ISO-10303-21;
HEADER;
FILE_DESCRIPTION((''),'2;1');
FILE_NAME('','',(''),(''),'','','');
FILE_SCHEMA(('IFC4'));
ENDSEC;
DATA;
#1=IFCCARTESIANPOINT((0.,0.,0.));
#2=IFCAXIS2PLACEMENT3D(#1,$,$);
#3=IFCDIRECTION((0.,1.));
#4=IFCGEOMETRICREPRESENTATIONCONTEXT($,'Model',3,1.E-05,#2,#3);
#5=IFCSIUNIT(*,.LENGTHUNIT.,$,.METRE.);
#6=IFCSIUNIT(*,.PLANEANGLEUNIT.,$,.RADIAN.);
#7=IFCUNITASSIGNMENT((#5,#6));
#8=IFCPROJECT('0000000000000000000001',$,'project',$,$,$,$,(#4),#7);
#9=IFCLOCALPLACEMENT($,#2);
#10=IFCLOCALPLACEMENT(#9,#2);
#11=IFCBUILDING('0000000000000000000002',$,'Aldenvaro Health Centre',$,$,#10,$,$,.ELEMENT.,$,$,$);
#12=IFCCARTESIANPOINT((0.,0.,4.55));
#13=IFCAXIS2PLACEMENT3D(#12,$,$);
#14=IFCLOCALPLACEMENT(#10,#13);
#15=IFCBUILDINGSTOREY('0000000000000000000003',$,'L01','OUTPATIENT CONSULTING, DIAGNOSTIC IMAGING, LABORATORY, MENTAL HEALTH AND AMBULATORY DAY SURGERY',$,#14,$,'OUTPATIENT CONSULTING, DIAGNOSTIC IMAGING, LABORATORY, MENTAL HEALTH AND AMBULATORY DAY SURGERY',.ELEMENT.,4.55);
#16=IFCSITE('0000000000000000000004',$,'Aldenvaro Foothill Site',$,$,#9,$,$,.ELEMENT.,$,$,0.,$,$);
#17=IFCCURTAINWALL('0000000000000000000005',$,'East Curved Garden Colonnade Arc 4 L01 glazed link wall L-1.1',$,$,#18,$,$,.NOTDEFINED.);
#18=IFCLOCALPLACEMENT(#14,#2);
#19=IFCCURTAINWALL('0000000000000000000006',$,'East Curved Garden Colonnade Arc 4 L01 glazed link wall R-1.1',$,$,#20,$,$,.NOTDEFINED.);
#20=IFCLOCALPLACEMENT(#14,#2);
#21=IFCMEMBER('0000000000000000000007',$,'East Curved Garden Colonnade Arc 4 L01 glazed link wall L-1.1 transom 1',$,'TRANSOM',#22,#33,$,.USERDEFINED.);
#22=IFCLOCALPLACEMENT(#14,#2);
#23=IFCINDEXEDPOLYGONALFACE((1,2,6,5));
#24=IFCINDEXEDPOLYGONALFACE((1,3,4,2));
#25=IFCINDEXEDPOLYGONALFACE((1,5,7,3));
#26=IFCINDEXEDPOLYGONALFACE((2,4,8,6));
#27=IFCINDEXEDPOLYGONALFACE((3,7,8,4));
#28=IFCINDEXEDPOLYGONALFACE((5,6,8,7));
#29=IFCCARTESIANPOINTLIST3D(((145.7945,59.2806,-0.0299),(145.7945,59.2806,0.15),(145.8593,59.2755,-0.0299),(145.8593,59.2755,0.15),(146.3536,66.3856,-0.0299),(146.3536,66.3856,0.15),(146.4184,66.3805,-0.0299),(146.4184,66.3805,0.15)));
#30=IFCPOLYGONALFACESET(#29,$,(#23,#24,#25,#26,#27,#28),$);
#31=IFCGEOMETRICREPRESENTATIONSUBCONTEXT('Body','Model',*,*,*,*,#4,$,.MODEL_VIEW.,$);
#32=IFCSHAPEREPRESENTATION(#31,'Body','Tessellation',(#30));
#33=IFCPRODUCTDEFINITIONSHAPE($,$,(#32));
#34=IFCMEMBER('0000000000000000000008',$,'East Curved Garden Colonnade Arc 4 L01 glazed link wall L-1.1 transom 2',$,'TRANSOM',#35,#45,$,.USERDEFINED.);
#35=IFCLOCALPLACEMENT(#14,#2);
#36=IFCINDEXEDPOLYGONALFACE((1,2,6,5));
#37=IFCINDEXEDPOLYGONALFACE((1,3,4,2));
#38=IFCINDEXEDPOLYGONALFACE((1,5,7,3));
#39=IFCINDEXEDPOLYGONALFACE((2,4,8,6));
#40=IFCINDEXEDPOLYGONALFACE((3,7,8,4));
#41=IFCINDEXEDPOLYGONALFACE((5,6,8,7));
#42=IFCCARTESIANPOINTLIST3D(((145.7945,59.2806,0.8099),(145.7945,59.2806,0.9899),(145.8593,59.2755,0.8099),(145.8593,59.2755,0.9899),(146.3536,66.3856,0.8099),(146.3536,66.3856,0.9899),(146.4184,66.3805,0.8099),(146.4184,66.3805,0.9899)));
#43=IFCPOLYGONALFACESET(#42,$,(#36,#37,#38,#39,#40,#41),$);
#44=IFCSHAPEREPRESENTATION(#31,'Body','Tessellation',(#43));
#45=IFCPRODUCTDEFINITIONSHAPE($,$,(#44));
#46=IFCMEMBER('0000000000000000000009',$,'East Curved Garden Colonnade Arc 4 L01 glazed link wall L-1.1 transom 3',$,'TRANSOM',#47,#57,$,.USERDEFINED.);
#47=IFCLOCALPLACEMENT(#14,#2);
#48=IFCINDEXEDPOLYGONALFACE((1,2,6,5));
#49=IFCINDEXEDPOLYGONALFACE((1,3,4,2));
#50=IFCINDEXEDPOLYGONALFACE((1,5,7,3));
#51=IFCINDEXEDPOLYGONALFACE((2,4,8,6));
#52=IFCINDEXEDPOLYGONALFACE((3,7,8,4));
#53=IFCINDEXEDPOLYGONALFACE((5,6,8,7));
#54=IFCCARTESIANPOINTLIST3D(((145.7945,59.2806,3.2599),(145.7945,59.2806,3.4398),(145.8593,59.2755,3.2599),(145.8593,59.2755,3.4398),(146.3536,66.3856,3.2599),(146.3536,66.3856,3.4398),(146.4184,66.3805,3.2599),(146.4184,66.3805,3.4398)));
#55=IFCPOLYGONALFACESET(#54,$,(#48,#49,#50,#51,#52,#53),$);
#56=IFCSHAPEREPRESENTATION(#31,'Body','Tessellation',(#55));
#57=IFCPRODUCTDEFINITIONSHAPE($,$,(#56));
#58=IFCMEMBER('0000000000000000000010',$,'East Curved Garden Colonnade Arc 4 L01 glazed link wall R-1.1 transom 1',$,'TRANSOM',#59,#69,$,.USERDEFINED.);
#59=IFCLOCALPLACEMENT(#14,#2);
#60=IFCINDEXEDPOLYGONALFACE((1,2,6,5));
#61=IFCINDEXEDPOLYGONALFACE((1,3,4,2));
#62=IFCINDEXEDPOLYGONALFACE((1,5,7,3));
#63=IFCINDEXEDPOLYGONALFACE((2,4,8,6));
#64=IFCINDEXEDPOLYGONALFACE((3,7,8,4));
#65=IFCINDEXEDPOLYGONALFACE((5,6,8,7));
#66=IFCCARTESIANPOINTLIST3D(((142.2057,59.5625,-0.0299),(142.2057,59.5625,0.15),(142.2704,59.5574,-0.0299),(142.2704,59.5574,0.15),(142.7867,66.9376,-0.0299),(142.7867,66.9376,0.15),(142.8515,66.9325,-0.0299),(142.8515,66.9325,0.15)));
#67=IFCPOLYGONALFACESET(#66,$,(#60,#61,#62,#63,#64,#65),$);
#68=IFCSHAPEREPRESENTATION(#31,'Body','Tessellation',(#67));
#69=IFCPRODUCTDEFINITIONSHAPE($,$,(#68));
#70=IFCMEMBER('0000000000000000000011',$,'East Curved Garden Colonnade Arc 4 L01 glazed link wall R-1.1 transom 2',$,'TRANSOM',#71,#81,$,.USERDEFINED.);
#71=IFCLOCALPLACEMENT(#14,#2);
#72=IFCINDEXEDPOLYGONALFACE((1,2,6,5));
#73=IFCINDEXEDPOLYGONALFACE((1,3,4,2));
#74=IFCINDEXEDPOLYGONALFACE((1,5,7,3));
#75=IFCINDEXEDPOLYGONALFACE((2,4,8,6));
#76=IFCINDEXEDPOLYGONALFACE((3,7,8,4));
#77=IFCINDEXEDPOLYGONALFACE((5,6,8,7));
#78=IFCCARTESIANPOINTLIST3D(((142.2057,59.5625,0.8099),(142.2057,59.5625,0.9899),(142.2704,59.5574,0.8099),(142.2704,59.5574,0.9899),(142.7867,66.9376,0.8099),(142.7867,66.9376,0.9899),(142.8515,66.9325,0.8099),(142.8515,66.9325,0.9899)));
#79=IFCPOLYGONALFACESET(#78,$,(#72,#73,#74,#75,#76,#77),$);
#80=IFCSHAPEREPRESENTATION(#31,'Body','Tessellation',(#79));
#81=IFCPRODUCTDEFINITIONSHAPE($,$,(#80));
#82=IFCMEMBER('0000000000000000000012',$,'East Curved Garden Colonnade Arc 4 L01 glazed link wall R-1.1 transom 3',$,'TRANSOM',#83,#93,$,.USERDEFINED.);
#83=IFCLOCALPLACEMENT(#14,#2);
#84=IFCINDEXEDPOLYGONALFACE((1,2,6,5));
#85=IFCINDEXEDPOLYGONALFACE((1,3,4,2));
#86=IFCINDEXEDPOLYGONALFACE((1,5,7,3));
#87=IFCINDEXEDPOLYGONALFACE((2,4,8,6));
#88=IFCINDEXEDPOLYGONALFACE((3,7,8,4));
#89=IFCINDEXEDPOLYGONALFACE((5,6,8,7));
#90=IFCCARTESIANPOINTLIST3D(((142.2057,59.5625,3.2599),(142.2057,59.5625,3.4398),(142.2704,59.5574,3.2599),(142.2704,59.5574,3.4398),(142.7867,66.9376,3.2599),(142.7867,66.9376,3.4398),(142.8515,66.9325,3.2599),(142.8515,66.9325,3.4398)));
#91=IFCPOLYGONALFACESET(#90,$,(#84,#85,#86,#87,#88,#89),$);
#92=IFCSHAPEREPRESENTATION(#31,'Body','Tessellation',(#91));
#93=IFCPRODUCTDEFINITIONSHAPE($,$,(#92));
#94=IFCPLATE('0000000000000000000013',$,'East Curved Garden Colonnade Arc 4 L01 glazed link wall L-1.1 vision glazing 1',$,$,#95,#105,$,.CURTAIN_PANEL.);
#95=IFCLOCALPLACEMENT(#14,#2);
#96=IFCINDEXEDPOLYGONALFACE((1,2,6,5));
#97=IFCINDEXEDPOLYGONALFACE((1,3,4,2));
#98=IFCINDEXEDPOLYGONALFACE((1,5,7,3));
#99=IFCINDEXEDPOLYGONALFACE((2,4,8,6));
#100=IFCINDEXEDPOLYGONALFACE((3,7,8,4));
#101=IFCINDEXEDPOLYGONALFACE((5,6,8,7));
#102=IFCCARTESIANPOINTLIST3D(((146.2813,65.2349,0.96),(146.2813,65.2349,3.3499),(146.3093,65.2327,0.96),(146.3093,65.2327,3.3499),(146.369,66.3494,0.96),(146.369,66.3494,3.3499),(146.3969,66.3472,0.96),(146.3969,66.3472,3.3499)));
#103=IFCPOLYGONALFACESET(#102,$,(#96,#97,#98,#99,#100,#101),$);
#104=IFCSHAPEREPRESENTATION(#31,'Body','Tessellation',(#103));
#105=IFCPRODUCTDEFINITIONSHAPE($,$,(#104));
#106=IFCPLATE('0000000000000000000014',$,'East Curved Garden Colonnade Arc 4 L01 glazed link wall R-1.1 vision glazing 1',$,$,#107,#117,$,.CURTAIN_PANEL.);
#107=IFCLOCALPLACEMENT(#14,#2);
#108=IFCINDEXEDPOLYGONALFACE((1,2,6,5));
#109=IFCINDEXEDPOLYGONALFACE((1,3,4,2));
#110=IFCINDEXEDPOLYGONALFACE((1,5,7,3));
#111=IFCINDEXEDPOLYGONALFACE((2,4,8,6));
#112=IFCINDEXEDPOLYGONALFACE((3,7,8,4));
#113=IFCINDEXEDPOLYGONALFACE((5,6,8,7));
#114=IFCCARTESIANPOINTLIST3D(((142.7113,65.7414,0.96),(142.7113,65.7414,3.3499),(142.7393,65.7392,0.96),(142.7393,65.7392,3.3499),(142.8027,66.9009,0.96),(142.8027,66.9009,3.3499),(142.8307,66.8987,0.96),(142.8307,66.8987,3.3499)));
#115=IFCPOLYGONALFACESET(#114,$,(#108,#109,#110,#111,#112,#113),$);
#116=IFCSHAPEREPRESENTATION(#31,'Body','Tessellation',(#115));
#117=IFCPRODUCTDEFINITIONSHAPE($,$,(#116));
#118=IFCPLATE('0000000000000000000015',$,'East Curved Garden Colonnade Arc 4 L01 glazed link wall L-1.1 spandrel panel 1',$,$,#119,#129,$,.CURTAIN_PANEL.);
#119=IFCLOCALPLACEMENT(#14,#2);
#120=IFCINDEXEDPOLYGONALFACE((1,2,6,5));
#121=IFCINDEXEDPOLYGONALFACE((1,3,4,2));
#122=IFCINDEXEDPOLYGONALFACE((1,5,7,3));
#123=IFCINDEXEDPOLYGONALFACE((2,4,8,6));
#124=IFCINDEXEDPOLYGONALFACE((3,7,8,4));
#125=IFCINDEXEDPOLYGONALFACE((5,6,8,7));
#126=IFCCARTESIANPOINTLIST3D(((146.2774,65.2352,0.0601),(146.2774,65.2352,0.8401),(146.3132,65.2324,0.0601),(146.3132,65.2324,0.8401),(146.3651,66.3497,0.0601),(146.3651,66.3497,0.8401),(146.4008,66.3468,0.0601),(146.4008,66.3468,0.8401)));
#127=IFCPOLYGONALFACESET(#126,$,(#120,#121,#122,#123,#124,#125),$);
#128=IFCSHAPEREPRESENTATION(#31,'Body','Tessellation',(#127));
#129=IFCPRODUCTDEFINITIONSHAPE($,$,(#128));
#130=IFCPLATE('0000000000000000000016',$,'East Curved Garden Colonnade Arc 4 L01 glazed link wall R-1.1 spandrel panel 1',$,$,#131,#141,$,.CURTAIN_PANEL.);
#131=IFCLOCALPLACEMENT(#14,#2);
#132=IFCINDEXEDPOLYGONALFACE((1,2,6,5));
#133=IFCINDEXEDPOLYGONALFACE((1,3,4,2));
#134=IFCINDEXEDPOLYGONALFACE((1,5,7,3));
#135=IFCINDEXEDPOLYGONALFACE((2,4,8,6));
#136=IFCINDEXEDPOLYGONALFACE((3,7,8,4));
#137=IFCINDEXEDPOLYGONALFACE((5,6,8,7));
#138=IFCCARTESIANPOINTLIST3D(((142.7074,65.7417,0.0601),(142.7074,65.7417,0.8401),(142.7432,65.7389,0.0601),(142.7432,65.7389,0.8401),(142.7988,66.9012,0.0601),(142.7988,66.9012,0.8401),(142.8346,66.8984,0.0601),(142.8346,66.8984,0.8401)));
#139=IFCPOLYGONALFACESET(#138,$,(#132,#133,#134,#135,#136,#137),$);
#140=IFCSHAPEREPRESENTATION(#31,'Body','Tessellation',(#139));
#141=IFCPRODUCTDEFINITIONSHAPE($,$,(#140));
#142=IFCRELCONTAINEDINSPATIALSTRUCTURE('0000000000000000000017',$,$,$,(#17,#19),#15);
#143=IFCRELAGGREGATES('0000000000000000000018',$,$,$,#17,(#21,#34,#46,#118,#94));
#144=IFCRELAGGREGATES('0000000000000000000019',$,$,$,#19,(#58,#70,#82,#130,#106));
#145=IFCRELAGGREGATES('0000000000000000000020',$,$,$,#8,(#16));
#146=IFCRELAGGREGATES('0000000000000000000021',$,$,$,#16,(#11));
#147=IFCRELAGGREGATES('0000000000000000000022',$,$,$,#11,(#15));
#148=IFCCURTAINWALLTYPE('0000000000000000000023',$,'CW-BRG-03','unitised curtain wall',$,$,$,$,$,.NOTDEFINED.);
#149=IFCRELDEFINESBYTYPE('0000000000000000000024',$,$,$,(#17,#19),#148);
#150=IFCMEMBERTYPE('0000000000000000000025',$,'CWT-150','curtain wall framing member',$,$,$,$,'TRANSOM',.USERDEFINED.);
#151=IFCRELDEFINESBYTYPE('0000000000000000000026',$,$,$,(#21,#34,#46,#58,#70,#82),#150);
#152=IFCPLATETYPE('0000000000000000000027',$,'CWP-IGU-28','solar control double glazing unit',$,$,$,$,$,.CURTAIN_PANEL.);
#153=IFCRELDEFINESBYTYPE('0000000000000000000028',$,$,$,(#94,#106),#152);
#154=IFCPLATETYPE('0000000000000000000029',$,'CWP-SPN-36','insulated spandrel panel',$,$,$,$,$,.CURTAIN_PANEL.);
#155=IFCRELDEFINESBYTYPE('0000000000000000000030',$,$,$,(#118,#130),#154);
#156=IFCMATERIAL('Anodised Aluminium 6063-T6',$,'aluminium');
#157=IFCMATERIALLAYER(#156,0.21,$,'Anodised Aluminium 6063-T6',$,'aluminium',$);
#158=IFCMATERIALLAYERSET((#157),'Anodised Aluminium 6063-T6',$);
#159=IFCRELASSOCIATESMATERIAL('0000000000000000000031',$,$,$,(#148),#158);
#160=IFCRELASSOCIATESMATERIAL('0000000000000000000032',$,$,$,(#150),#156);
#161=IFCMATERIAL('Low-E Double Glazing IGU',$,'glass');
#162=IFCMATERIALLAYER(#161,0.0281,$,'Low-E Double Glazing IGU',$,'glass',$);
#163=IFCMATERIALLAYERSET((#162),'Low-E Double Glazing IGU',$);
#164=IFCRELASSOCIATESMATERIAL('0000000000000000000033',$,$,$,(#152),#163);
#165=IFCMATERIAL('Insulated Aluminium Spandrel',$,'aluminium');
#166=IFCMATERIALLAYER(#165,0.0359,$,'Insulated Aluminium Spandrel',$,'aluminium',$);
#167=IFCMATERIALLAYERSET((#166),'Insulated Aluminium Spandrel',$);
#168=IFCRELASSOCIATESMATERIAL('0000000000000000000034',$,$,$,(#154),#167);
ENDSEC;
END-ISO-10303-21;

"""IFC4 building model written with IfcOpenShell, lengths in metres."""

from ifc_helpers import new_model, si_unit, direction, frame, origin, origin_2d, place, context, subcontext, project, spatial, rectangle, extrude, material, layer, layer_set, material_profile, profile_set, type_object, element, aggregate, save


model = new_model("IFC4")

# Units and contexts
model_context = context("Model", 3, precision=1e-05, world=origin(), true_north=direction((0.0, 1.0)))
body_context = subcontext(model_context, "Body", "Model", "MODEL_VIEW")
ifc_project = project(units=[si_unit("LENGTHUNIT", "METRE"), si_unit("PLANEANGLEUNIT", "RADIAN")], contexts=[model_context])

# Site, building, storey
site_placement = place(None, origin())
site = spatial("IfcSite", under=ifc_project, at=site_placement, Name="Aldenvaro Foothill Site", CompositionType="ELEMENT", RefElevation=0.0)
building_placement = place(site_placement, origin())
building = spatial("IfcBuilding", under=site, at=building_placement, Name="Aldenvaro Health Centre", CompositionType="ELEMENT")
storey_placement = place(building_placement, frame((0.0, 0.0, 4.55)))
storey = spatial("IfcBuildingStorey", under=building, at=storey_placement, Name="L01", Description="OUTPATIENT CONSULTING, DIAGNOSTIC IMAGING, LABORATORY, MENTAL HEALTH AND AMBULATORY DAY SURGERY", LongName="OUTPATIENT CONSULTING, DIAGNOSTIC IMAGING, LABORATORY, MENTAL HEALTH AND AMBULATORY DAY SURGERY", CompositionType="ELEMENT", Elevation=4.55)

# Curtain wall
ifc_material_1 = material(Name="Anodised Aluminium 6063-T6", Category="aluminium")
ifc_layer_1 = layer(ifc_material_1, 0.21, Name="Anodised Aluminium 6063-T6", Category="aluminium")
ifc_layer_set_1 = layer_set([ifc_layer_1], Name="Anodised Aluminium 6063-T6")
curtain_wall_type = type_object("IfcCurtainWallType", Name="CW-BRG-03", Description="unitised curtain wall", PredefinedType="NOTDEFINED", material=ifc_layer_set_1)
curtain_wall_1_placement = place(storey_placement, origin())
curtain_wall_1 = element("IfcCurtainWall", 1, at=curtain_wall_1_placement, inside=storey, type_object=curtain_wall_type, Name="East Curved Garden Colonnade Arc 4 L01 glazed link wall L-1.1", PredefinedType="NOTDEFINED")

# Curtain wall
curtain_wall_2_placement = place(storey_placement, origin())
curtain_wall_2 = element("IfcCurtainWall", 2, at=curtain_wall_2_placement, inside=storey, type_object=curtain_wall_type, Name="East Curved Garden Colonnade Arc 4 L01 glazed link wall R-1.1", PredefinedType="NOTDEFINED")

# Members
ifc_material_profile_1 = material_profile(ifc_material_1, rectangle(XDim=0.0649, YDim=0.1799, at=origin_2d()), Name="ALU 65x180", Category="aluminium")
ifc_profile_set_1 = profile_set([ifc_material_profile_1], Name="Anodised Aluminium 6063-T6")
member_type_1 = type_object("IfcMemberType", Name="CWT-150", Description="curtain wall framing member", ElementType="TRANSOM", PredefinedType="USERDEFINED", material=ifc_profile_set_1)
member_1_placement = place(storey_placement, frame((146.386, 66.3831, 0.0601), z_axis=(-0.078446, -0.996918, 0.0), x_axis=(0.996918, -0.078446, 0.0)))
member_1 = element("IfcMember", 3, at=member_1_placement, type_object=member_type_1, Name="East Curved Garden Colonnade Arc 4 L01 glazed link wall L-1.1 transom 1", ObjectType="TRANSOM", PredefinedType="USERDEFINED", context=body_context, shape_type="SweptSolid", body=[
    extrude(rectangle(XDim=0.0649, YDim=0.1799, at=origin_2d()), origin(), (0.0, 0.0, 1.0), 7.127),
])
member_2_placement = place(storey_placement, frame((146.386, 66.3831, 0.8999), z_axis=(-0.078446, -0.996918, 0.0), x_axis=(0.996918, -0.078446, 0.0)))
member_2 = element("IfcMember", 4, at=member_2_placement, type_object=member_type_1, Name="East Curved Garden Colonnade Arc 4 L01 glazed link wall L-1.1 transom 2", ObjectType="TRANSOM", PredefinedType="USERDEFINED", context=body_context, shape_type="SweptSolid", body=[
    extrude(rectangle(XDim=0.0649, YDim=0.1799, at=origin_2d()), origin(), (0.0, 0.0, 1.0), 7.127),
])
member_3_placement = place(storey_placement, frame((146.386, 66.3831, 3.3499), z_axis=(-0.078446, -0.996918, 0.0), x_axis=(0.996918, -0.078446, 0.0)))
member_3 = element("IfcMember", 5, at=member_3_placement, type_object=member_type_1, Name="East Curved Garden Colonnade Arc 4 L01 glazed link wall L-1.1 transom 3", ObjectType="TRANSOM", PredefinedType="USERDEFINED", context=body_context, shape_type="SweptSolid", body=[
    extrude(rectangle(XDim=0.0649, YDim=0.1799, at=origin_2d()), origin(), (0.0, 0.0, 1.0), 7.127),
])
member_4_placement = place(storey_placement, frame((142.8191, 66.9351, 0.0601), z_axis=(-0.078544, -0.996911, 0.0), x_axis=(0.996911, -0.078544, 0.0)))
member_4 = element("IfcMember", 6, at=member_4_placement, type_object=member_type_1, Name="East Curved Garden Colonnade Arc 4 L01 glazed link wall R-1.1 transom 1", ObjectType="TRANSOM", PredefinedType="USERDEFINED", context=body_context, shape_type="SweptSolid", body=[
    extrude(rectangle(XDim=0.0649, YDim=0.1799, at=origin_2d()), origin(), (0.0, 0.0, 1.0), 7.3979),
])
member_5_placement = place(storey_placement, frame((142.8191, 66.9351, 0.8999), z_axis=(-0.078544, -0.996911, 0.0), x_axis=(0.996911, -0.078544, 0.0)))
member_5 = element("IfcMember", 7, at=member_5_placement, type_object=member_type_1, Name="East Curved Garden Colonnade Arc 4 L01 glazed link wall R-1.1 transom 2", ObjectType="TRANSOM", PredefinedType="USERDEFINED", context=body_context, shape_type="SweptSolid", body=[
    extrude(rectangle(XDim=0.0649, YDim=0.1799, at=origin_2d()), origin(), (0.0, 0.0, 1.0), 7.3979),
])
member_6_placement = place(storey_placement, frame((142.8191, 66.9351, 3.3499), z_axis=(-0.078544, -0.996911, 0.0), x_axis=(0.996911, -0.078544, 0.0)))
member_6 = element("IfcMember", 8, at=member_6_placement, type_object=member_type_1, Name="East Curved Garden Colonnade Arc 4 L01 glazed link wall R-1.1 transom 3", ObjectType="TRANSOM", PredefinedType="USERDEFINED", context=body_context, shape_type="SweptSolid", body=[
    extrude(rectangle(XDim=0.0649, YDim=0.1799, at=origin_2d()), origin(), (0.0, 0.0, 1.0), 7.3979),
])

# Plates
ifc_material_2 = material(Name="Low-E Double Glazing IGU", Category="glass")
ifc_layer_2 = layer(ifc_material_2, 0.0281, Name="Low-E Double Glazing IGU", Category="glass")
ifc_layer_set_2 = layer_set([ifc_layer_2], Name="Low-E Double Glazing IGU")
plate_type_1 = type_object("IfcPlateType", Name="CWP-IGU-28", Description="solar control double glazing unit", PredefinedType="CURTAIN_PANEL", material=ifc_layer_set_2)
plate_1_placement = place(storey_placement, frame((146.3391, 65.791, 0.96), z_axis=(0.0, 0.0, 1.0), x_axis=(-0.078435, -0.996919, 0.0)))
plate_1 = element("IfcPlate", 9, at=plate_1_placement, type_object=plate_type_1, Name="East Curved Garden Colonnade Arc 4 L01 glazed link wall L-1.1 vision glazing 1", PredefinedType="CURTAIN_PANEL", context=body_context, shape_type="SweptSolid", body=[
    extrude(rectangle(XDim=1.1179, YDim=0.0281, at=origin_2d()), origin(), (0.0, 0.0, 1.0), 2.3899),
])
plate_2_placement = place(storey_placement, frame((142.771, 66.3201, 0.96), z_axis=(0.0, 0.0, 1.0), x_axis=(-0.078536, -0.996911, 0.0)))
plate_2 = element("IfcPlate", 10, at=plate_2_placement, type_object=plate_type_1, Name="East Curved Garden Colonnade Arc 4 L01 glazed link wall R-1.1 vision glazing 1", PredefinedType="CURTAIN_PANEL", context=body_context, shape_type="SweptSolid", body=[
    extrude(rectangle(XDim=1.1631, YDim=0.0281, at=origin_2d()), origin(), (0.0, 0.0, 1.0), 2.3899),
])
ifc_material_3 = material(Name="Insulated Aluminium Spandrel", Category="aluminium")
ifc_layer_3 = layer(ifc_material_3, 0.0359, Name="Insulated Aluminium Spandrel", Category="aluminium")
ifc_layer_set_3 = layer_set([ifc_layer_3], Name="Insulated Aluminium Spandrel")
plate_type_2 = type_object("IfcPlateType", Name="CWP-SPN-36", Description="insulated spandrel panel", PredefinedType="CURTAIN_PANEL", material=ifc_layer_set_3)
plate_3_placement = place(storey_placement, frame((146.3391, 65.791, 0.0601), z_axis=(0.0, 0.0, 1.0), x_axis=(-0.078435, -0.996919, 0.0)))
plate_3 = element("IfcPlate", 11, at=plate_3_placement, type_object=plate_type_2, Name="East Curved Garden Colonnade Arc 4 L01 glazed link wall L-1.1 spandrel panel 1", PredefinedType="CURTAIN_PANEL", context=body_context, shape_type="SweptSolid", body=[
    extrude(rectangle(XDim=1.1179, YDim=0.0359, at=origin_2d()), origin(), (0.0, 0.0, 1.0), 0.78),
])
aggregate(curtain_wall_1, [member_1, member_2, member_3, plate_3, plate_1])
plate_4_placement = place(storey_placement, frame((142.771, 66.3201, 0.0601), z_axis=(0.0, 0.0, 1.0), x_axis=(-0.078536, -0.996911, 0.0)))
plate_4 = element("IfcPlate", 12, at=plate_4_placement, type_object=plate_type_2, Name="East Curved Garden Colonnade Arc 4 L01 glazed link wall R-1.1 spandrel panel 1", PredefinedType="CURTAIN_PANEL", context=body_context, shape_type="SweptSolid", body=[
    extrude(rectangle(XDim=1.1631, YDim=0.0359, at=origin_2d()), origin(), (0.0, 0.0, 1.0), 0.78),
])
aggregate(curtain_wall_2, [member_4, member_5, member_6, plate_4, plate_2])

save(model, "model.ifc")
